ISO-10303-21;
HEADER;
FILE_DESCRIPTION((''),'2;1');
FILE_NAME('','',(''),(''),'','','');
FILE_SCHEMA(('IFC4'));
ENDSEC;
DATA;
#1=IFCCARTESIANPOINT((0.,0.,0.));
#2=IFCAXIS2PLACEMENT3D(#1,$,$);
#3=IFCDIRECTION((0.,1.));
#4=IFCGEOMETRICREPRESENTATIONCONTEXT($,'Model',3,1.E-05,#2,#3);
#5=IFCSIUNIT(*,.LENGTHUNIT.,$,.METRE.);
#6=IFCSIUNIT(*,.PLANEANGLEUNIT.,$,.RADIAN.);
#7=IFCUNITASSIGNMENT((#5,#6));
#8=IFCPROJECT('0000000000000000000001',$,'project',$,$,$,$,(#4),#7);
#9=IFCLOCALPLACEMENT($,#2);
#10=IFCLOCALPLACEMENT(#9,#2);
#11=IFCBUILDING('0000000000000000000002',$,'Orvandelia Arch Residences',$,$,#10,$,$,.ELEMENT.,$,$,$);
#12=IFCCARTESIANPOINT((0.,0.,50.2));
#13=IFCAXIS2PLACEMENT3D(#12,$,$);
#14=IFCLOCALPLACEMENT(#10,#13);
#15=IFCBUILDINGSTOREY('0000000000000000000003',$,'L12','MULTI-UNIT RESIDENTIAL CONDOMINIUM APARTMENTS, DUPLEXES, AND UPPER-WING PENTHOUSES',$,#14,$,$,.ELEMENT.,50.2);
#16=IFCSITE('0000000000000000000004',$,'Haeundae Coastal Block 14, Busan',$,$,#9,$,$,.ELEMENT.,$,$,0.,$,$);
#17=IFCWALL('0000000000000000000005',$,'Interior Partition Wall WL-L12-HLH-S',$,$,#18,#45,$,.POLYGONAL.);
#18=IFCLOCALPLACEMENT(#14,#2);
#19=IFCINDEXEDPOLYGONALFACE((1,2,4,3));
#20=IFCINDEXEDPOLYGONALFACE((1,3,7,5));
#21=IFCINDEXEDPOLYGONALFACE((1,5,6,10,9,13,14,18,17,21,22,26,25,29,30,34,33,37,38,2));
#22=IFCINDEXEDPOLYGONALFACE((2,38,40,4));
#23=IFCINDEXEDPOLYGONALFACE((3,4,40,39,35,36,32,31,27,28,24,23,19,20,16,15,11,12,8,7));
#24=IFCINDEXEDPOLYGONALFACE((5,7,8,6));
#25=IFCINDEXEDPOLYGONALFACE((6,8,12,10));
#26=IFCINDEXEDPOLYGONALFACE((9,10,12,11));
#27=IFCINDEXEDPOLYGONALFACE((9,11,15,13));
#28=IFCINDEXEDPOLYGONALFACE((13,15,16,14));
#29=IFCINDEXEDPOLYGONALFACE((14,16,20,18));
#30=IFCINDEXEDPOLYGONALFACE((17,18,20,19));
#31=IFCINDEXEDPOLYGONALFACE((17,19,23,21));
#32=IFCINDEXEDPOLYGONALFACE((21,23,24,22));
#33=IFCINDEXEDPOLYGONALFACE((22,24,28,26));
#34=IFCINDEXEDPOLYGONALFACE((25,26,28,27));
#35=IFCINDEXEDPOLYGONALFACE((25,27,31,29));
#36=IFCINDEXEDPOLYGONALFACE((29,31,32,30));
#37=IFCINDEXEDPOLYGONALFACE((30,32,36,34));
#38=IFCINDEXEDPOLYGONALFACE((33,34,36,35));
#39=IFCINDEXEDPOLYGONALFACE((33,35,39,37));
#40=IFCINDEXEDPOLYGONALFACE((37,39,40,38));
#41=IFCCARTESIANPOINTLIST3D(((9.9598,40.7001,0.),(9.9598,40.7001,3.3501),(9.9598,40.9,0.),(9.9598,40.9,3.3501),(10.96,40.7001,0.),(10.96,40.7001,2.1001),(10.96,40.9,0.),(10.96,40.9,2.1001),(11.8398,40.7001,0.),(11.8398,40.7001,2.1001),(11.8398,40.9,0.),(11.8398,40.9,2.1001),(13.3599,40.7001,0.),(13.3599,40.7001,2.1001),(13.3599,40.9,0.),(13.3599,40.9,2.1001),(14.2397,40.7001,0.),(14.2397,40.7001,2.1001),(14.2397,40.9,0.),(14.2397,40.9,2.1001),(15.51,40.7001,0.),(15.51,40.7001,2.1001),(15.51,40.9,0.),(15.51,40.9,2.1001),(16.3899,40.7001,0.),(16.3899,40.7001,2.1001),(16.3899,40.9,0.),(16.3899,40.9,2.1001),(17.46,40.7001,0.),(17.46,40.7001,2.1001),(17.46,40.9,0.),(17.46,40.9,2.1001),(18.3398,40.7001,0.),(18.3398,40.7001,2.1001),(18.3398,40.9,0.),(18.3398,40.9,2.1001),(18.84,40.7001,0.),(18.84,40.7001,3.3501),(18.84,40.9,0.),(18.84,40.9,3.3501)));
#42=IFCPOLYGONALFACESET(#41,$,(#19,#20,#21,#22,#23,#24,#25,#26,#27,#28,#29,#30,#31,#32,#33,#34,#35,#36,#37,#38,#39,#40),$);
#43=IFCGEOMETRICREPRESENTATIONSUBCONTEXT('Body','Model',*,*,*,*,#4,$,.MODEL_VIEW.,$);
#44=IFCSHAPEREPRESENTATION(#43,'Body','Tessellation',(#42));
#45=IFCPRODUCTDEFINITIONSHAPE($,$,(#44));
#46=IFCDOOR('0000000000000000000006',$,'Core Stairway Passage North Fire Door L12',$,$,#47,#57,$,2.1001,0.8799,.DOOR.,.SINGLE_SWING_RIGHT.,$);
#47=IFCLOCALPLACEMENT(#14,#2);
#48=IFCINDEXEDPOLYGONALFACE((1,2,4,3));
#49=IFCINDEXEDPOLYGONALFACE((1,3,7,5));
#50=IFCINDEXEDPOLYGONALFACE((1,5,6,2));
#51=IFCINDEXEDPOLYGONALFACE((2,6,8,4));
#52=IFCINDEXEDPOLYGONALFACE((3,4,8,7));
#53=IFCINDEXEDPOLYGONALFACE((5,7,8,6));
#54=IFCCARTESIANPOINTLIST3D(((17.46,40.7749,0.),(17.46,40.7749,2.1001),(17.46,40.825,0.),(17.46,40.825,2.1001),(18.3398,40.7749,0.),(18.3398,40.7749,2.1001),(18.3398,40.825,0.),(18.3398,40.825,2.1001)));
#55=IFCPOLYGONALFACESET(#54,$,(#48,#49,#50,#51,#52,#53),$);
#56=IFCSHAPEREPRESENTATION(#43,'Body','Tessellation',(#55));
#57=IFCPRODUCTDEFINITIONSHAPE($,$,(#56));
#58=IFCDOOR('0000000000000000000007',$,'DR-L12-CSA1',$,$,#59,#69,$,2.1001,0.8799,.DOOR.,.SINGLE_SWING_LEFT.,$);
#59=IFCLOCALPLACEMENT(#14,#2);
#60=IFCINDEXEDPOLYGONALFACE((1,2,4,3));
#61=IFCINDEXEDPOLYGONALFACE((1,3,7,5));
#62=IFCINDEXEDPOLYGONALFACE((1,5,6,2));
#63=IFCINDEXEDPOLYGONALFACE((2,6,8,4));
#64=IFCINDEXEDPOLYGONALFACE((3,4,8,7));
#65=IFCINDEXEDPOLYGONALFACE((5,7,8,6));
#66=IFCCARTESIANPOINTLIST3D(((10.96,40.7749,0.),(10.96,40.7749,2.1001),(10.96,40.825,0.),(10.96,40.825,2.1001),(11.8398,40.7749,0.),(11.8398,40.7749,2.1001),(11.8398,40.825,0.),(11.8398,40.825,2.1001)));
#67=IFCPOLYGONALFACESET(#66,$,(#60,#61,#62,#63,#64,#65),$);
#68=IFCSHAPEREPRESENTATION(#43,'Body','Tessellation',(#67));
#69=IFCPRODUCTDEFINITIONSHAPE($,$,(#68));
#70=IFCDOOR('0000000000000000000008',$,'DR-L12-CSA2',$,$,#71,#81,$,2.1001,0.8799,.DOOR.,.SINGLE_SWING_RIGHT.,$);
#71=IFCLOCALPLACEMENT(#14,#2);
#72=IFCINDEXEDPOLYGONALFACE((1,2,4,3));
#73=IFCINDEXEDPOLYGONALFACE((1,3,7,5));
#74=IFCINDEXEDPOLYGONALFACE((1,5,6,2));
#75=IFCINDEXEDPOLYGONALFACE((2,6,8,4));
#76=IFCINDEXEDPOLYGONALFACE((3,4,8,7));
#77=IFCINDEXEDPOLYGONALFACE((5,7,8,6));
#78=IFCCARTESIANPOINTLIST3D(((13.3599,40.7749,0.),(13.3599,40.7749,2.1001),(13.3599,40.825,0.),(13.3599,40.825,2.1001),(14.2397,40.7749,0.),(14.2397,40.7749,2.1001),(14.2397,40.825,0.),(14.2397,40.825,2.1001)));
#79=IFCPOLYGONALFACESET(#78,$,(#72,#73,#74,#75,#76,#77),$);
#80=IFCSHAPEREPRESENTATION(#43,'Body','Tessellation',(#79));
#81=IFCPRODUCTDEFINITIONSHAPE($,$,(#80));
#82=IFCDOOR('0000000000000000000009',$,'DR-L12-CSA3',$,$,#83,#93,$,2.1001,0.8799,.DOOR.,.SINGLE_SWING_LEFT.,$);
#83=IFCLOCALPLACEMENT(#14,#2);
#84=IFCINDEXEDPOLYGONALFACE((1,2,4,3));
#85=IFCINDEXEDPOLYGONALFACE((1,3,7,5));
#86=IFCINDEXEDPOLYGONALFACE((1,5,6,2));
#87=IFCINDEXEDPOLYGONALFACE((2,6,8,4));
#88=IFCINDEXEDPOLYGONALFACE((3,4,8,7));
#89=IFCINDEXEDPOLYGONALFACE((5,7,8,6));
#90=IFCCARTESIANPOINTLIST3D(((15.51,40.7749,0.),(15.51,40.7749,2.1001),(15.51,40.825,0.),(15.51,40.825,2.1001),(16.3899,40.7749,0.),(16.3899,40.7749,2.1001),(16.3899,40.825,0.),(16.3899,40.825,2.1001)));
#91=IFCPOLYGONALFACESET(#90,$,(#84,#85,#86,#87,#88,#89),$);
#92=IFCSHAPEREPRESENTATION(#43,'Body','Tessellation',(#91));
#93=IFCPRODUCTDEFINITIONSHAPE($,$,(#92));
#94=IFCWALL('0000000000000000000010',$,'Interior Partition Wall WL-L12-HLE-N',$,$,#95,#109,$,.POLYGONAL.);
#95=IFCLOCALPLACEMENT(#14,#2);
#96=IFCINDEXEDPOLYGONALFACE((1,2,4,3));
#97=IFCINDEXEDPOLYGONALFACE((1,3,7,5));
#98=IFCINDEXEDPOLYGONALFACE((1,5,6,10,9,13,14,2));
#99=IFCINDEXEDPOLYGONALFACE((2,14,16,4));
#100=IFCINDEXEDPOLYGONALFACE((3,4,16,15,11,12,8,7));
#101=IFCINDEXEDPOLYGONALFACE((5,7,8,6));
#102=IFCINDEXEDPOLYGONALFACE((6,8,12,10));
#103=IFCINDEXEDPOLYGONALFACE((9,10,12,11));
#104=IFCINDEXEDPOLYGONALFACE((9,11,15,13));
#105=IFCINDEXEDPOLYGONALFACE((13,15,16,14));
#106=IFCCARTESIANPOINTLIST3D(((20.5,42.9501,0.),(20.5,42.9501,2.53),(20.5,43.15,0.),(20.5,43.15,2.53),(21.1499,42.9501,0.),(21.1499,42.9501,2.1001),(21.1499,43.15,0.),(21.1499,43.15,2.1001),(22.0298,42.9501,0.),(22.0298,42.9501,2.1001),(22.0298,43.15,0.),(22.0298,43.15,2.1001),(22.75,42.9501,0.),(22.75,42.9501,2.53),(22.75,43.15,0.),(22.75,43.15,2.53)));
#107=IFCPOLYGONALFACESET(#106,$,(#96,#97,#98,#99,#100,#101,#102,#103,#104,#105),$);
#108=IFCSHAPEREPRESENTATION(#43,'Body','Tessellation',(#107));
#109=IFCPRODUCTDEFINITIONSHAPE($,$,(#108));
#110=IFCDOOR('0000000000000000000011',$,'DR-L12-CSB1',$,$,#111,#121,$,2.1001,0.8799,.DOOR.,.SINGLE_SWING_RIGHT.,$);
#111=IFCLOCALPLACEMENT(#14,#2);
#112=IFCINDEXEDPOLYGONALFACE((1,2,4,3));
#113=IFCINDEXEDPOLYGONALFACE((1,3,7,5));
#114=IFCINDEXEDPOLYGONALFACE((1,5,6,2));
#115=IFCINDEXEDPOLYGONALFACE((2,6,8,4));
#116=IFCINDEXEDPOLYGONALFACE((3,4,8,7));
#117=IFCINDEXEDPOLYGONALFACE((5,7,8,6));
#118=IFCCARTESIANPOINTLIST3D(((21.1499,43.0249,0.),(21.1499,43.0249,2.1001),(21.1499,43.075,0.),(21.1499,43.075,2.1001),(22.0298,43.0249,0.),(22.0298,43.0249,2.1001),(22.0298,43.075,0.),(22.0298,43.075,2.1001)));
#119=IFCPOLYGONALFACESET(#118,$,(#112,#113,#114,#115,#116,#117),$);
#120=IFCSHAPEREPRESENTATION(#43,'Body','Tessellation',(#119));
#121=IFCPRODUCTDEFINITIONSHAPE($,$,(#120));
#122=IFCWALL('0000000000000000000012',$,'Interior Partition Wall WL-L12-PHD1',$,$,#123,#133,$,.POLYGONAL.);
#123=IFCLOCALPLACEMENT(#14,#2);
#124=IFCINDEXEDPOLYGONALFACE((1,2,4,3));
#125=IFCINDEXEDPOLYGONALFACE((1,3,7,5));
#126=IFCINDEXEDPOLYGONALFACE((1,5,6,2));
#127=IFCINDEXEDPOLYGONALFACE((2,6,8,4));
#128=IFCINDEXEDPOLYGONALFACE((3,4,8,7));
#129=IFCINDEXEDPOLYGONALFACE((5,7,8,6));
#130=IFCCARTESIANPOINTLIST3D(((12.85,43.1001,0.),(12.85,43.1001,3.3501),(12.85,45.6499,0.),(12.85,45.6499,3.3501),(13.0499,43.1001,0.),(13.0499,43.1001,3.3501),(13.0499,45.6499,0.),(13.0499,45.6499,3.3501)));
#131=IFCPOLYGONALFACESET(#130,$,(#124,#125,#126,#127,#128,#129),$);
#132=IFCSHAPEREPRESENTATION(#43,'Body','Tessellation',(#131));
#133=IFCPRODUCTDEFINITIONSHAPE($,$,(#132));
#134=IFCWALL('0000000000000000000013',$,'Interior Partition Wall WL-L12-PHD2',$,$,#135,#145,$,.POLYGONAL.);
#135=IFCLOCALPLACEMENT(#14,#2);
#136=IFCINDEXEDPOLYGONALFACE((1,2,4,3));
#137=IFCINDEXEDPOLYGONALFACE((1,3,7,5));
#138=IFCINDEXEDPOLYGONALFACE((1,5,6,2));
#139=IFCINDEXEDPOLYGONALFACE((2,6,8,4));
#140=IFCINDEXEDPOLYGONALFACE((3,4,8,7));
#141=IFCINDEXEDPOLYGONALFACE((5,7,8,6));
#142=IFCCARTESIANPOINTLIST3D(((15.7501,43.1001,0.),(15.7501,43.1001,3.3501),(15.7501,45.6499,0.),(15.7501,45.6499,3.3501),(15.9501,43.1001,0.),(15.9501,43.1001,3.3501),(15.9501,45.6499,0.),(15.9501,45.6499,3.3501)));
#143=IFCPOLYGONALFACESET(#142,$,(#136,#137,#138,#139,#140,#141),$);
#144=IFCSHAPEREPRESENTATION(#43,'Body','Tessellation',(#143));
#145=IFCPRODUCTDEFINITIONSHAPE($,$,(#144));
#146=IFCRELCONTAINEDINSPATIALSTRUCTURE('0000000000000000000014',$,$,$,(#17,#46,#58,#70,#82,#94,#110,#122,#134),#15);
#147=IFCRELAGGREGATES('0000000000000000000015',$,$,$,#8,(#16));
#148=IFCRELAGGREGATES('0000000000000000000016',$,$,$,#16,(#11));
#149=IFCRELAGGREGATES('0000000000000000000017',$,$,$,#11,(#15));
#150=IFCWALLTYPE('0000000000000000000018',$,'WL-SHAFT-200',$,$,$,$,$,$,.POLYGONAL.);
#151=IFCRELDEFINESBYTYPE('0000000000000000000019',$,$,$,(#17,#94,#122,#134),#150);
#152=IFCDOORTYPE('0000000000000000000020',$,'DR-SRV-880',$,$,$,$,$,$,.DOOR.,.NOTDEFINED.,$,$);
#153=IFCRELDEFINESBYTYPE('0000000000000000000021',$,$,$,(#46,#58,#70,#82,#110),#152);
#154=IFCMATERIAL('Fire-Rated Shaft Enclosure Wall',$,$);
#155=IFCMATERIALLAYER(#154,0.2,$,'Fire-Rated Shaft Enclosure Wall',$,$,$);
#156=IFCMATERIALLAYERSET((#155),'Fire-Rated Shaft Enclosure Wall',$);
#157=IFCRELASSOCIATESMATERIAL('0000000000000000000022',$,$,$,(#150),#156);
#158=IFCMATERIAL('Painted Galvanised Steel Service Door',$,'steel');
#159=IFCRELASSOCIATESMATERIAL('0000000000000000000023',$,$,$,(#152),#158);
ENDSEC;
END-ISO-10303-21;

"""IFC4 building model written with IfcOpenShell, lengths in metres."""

from ifc_helpers import new_model, si_unit, direction, frame, frame_2d, origin, place, context, subcontext, project, spatial, rectangle, extrude, material, layer, layer_set, type_object, element, fill, save


model = new_model("IFC4")

# Units and contexts
model_context = context("Model", 3, precision=1e-05, world=origin(), true_north=direction((0.0, 1.0)))
body_context = subcontext(model_context, "Body", "Model", "MODEL_VIEW")
ifc_project = project(units=[si_unit("LENGTHUNIT", "METRE"), si_unit("PLANEANGLEUNIT", "RADIAN")], contexts=[model_context])

# Site, building, storey
site_placement = place(None, origin())
site = spatial("IfcSite", under=ifc_project, at=site_placement, Name="Haeundae Coastal Block 14, Busan", CompositionType="ELEMENT", RefElevation=0.0)
building_placement = place(site_placement, origin())
building = spatial("IfcBuilding", under=site, at=building_placement, Name="Orvandelia Arch Residences", CompositionType="ELEMENT")
storey_placement = place(building_placement, frame((0.0, 0.0, 50.2)))
storey = spatial("IfcBuildingStorey", under=building, at=storey_placement, Name="L12", Description="MULTI-UNIT RESIDENTIAL CONDOMINIUM APARTMENTS, DUPLEXES, AND UPPER-WING PENTHOUSES", CompositionType="ELEMENT", Elevation=50.2)

# Shared definitions
ifc_material_1 = material(Name="Fire-Rated Shaft Enclosure Wall")
ifc_layer_1 = layer(ifc_material_1, 0.2, Name="Fire-Rated Shaft Enclosure Wall")
ifc_layer_set_1 = layer_set([ifc_layer_1], Name="Fire-Rated Shaft Enclosure Wall")
wall_type_1 = type_object("IfcWallType", Name="WL-SHAFT-200", PredefinedType="POLYGONAL", material=ifc_layer_set_1)

# Wall, openings, doors
wall_1_placement = place(storey_placement, frame((9.96, 40.8, 0.0), z_axis=(0.0, 0.0, 1.0), x_axis=(1.0, 0.0, 0.0)))
wall_1 = element("IfcWall", 1, at=wall_1_placement, inside=storey, type_object=wall_type_1, Name="Interior Partition Wall WL-L12-HLH-S", PredefinedType="POLYGONAL", context=body_context, shape_type="SweptSolid", body=[
    extrude(rectangle(XDim=8.8801, YDim=0.2, at=frame_2d((4.4399, 0.0))), origin(), (0.0, 0.0, 1.0), 3.3501),
])
opening_1_placement = place(wall_1_placement, frame((7.5, 0.0, 0.0)))
opening_1 = element("IfcOpeningElement", 2, at=opening_1_placement, cuts=wall_1, PredefinedType="OPENING", context=body_context, shape_type="SweptSolid", body=[
    extrude(rectangle(XDim=0.8799, YDim=2.1001, at=frame_2d((0.4399, 1.05))), frame((0.0, 0.1099, 0.0), z_axis=(0.0, -1.0, 0.0), x_axis=(1.0, 0.0, 0.0)), (0.0, 0.0, 1.0), 0.22),
])
opening_2_placement = place(wall_1_placement, frame((1.0, 0.0, 0.0)))
opening_2 = element("IfcOpeningElement", 3, at=opening_2_placement, cuts=wall_1, PredefinedType="OPENING", context=body_context, shape_type="SweptSolid", body=[
    extrude(rectangle(XDim=0.8799, YDim=2.1001, at=frame_2d((0.4399, 1.05))), frame((0.0, 0.1099, 0.0), z_axis=(0.0, -1.0, 0.0), x_axis=(1.0, 0.0, 0.0)), (0.0, 0.0, 1.0), 0.22),
])
opening_3_placement = place(wall_1_placement, frame((3.3999, 0.0, 0.0)))
opening_3 = element("IfcOpeningElement", 4, at=opening_3_placement, cuts=wall_1, PredefinedType="OPENING", context=body_context, shape_type="SweptSolid", body=[
    extrude(rectangle(XDim=0.8799, YDim=2.1001, at=frame_2d((0.4399, 1.05))), frame((0.0, 0.1099, 0.0), z_axis=(0.0, -1.0, 0.0), x_axis=(1.0, 0.0, 0.0)), (0.0, 0.0, 1.0), 0.22),
])
opening_4_placement = place(wall_1_placement, frame((5.55, 0.0, 0.0)))
opening_4 = element("IfcOpeningElement", 5, at=opening_4_placement, cuts=wall_1, PredefinedType="OPENING", context=body_context, shape_type="SweptSolid", body=[
    extrude(rectangle(XDim=0.8799, YDim=2.1001, at=frame_2d((0.4399, 1.05))), frame((0.0, 0.1099, 0.0), z_axis=(0.0, -1.0, 0.0), x_axis=(1.0, 0.0, 0.0)), (0.0, 0.0, 1.0), 0.22),
])
ifc_material_2 = material(Name="Painted Galvanised Steel Service Door", Category="steel")
door_type_1 = type_object("IfcDoorType", Name="DR-SRV-880", OperationType="NOTDEFINED", PredefinedType="DOOR", material=ifc_material_2)
door_1_placement = place(opening_1_placement, origin())
door_1 = element("IfcDoor", 6, at=door_1_placement, inside=storey, type_object=door_type_1, Name="Core Stairway Passage North Fire Door L12", OperationType="SINGLE_SWING_RIGHT", OverallHeight=2.1001, OverallWidth=0.8799, PredefinedType="DOOR", context=body_context, shape_type="SweptSolid", body=[
    extrude(rectangle(XDim=0.8799, YDim=2.1001, at=frame_2d((0.4399, 1.05))), frame((0.0, 0.0249, 0.0), z_axis=(0.0, -1.0, 0.0), x_axis=(1.0, 0.0, 0.0)), (0.0, 0.0, 1.0), 0.05),
])
fill(opening_1, door_1)
door_2_placement = place(opening_2_placement, origin())
door_2 = element("IfcDoor", 7, at=door_2_placement, inside=storey, type_object=door_type_1, Name="DR-L12-CSA1", OperationType="SINGLE_SWING_LEFT", OverallHeight=2.1001, OverallWidth=0.8799, PredefinedType="DOOR", context=body_context, shape_type="SweptSolid", body=[
    extrude(rectangle(XDim=0.8799, YDim=2.1001, at=frame_2d((0.4399, 1.05))), frame((0.0, 0.0249, 0.0), z_axis=(0.0, -1.0, 0.0), x_axis=(1.0, 0.0, 0.0)), (0.0, 0.0, 1.0), 0.05),
])
fill(opening_2, door_2)
door_3_placement = place(opening_3_placement, origin())
door_3 = element("IfcDoor", 8, at=door_3_placement, inside=storey, type_object=door_type_1, Name="DR-L12-CSA2", OperationType="SINGLE_SWING_RIGHT", OverallHeight=2.1001, OverallWidth=0.8799, PredefinedType="DOOR", context=body_context, shape_type="SweptSolid", body=[
    extrude(rectangle(XDim=0.8799, YDim=2.1001, at=frame_2d((0.4399, 1.05))), frame((0.0, 0.0249, 0.0), z_axis=(0.0, -1.0, 0.0), x_axis=(1.0, 0.0, 0.0)), (0.0, 0.0, 1.0), 0.05),
])
fill(opening_3, door_3)
door_4_placement = place(opening_4_placement, origin())
door_4 = element("IfcDoor", 9, at=door_4_placement, inside=storey, type_object=door_type_1, Name="DR-L12-CSA3", OperationType="SINGLE_SWING_LEFT", OverallHeight=2.1001, OverallWidth=0.8799, PredefinedType="DOOR", context=body_context, shape_type="SweptSolid", body=[
    extrude(rectangle(XDim=0.8799, YDim=2.1001, at=frame_2d((0.4399, 1.05))), frame((0.0, 0.0249, 0.0), z_axis=(0.0, -1.0, 0.0), x_axis=(1.0, 0.0, 0.0)), (0.0, 0.0, 1.0), 0.05),
])
fill(opening_4, door_4)

# Wall, opening, door
wall_2_placement = place(storey_placement, frame((20.5, 43.05, 0.0), z_axis=(0.0, 0.0, 1.0), x_axis=(1.0, 0.0, 0.0)))
wall_2 = element("IfcWall", 10, at=wall_2_placement, inside=storey, type_object=wall_type_1, Name="Interior Partition Wall WL-L12-HLE-N", PredefinedType="POLYGONAL", context=body_context, shape_type="SweptSolid", body=[
    extrude(rectangle(XDim=2.25, YDim=0.2, at=frame_2d((1.125, 0.0))), origin(), (0.0, 0.0, 1.0), 2.53),
])
opening_5_placement = place(wall_2_placement, frame((0.6499, 0.0, 0.0)))
opening_5 = element("IfcOpeningElement", 11, at=opening_5_placement, cuts=wall_2, PredefinedType="OPENING", context=body_context, shape_type="SweptSolid", body=[
    extrude(rectangle(XDim=0.8799, YDim=2.1001, at=frame_2d((0.4399, 1.05))), frame((0.0, 0.1099, 0.0), z_axis=(0.0, -1.0, 0.0), x_axis=(1.0, 0.0, 0.0)), (0.0, 0.0, 1.0), 0.22),
])
door_5_placement = place(opening_5_placement, origin())
door_5 = element("IfcDoor", 12, at=door_5_placement, inside=storey, type_object=door_type_1, Name="DR-L12-CSB1", OperationType="SINGLE_SWING_RIGHT", OverallHeight=2.1001, OverallWidth=0.8799, PredefinedType="DOOR", context=body_context, shape_type="SweptSolid", body=[
    extrude(rectangle(XDim=0.8799, YDim=2.1001, at=frame_2d((0.4399, 1.05))), frame((0.0, 0.0249, 0.0), z_axis=(0.0, -1.0, 0.0), x_axis=(1.0, 0.0, 0.0)), (0.0, 0.0, 1.0), 0.05),
])
fill(opening_5, door_5)

# Walls
for number, where, z_axis, x_axis, name in (
    (13, (12.95, 43.1001, 0.0), (0.0, 0.0, 1.0), (0.0, 1.0, 0.0), "Interior Partition Wall WL-L12-PHD1"),
    (14, (15.8501, 43.1001, 0.0), (0.0, 0.0, 1.0), (0.0, 1.0, 0.0), "Interior Partition Wall WL-L12-PHD2"),
):
    element("IfcWall", number, at=place(storey_placement, frame(where, z_axis=z_axis, x_axis=x_axis)), inside=storey, type_object=wall_type_1, Name=name, PredefinedType="POLYGONAL", context=body_context, shape_type="SweptSolid", body=[
        extrude(rectangle(XDim=2.5498, YDim=0.2, at=frame_2d((1.2749, 0.0))), origin(), (0.0, 0.0, 1.0), 3.3501),
    ])

save(model, "model.ifc")
